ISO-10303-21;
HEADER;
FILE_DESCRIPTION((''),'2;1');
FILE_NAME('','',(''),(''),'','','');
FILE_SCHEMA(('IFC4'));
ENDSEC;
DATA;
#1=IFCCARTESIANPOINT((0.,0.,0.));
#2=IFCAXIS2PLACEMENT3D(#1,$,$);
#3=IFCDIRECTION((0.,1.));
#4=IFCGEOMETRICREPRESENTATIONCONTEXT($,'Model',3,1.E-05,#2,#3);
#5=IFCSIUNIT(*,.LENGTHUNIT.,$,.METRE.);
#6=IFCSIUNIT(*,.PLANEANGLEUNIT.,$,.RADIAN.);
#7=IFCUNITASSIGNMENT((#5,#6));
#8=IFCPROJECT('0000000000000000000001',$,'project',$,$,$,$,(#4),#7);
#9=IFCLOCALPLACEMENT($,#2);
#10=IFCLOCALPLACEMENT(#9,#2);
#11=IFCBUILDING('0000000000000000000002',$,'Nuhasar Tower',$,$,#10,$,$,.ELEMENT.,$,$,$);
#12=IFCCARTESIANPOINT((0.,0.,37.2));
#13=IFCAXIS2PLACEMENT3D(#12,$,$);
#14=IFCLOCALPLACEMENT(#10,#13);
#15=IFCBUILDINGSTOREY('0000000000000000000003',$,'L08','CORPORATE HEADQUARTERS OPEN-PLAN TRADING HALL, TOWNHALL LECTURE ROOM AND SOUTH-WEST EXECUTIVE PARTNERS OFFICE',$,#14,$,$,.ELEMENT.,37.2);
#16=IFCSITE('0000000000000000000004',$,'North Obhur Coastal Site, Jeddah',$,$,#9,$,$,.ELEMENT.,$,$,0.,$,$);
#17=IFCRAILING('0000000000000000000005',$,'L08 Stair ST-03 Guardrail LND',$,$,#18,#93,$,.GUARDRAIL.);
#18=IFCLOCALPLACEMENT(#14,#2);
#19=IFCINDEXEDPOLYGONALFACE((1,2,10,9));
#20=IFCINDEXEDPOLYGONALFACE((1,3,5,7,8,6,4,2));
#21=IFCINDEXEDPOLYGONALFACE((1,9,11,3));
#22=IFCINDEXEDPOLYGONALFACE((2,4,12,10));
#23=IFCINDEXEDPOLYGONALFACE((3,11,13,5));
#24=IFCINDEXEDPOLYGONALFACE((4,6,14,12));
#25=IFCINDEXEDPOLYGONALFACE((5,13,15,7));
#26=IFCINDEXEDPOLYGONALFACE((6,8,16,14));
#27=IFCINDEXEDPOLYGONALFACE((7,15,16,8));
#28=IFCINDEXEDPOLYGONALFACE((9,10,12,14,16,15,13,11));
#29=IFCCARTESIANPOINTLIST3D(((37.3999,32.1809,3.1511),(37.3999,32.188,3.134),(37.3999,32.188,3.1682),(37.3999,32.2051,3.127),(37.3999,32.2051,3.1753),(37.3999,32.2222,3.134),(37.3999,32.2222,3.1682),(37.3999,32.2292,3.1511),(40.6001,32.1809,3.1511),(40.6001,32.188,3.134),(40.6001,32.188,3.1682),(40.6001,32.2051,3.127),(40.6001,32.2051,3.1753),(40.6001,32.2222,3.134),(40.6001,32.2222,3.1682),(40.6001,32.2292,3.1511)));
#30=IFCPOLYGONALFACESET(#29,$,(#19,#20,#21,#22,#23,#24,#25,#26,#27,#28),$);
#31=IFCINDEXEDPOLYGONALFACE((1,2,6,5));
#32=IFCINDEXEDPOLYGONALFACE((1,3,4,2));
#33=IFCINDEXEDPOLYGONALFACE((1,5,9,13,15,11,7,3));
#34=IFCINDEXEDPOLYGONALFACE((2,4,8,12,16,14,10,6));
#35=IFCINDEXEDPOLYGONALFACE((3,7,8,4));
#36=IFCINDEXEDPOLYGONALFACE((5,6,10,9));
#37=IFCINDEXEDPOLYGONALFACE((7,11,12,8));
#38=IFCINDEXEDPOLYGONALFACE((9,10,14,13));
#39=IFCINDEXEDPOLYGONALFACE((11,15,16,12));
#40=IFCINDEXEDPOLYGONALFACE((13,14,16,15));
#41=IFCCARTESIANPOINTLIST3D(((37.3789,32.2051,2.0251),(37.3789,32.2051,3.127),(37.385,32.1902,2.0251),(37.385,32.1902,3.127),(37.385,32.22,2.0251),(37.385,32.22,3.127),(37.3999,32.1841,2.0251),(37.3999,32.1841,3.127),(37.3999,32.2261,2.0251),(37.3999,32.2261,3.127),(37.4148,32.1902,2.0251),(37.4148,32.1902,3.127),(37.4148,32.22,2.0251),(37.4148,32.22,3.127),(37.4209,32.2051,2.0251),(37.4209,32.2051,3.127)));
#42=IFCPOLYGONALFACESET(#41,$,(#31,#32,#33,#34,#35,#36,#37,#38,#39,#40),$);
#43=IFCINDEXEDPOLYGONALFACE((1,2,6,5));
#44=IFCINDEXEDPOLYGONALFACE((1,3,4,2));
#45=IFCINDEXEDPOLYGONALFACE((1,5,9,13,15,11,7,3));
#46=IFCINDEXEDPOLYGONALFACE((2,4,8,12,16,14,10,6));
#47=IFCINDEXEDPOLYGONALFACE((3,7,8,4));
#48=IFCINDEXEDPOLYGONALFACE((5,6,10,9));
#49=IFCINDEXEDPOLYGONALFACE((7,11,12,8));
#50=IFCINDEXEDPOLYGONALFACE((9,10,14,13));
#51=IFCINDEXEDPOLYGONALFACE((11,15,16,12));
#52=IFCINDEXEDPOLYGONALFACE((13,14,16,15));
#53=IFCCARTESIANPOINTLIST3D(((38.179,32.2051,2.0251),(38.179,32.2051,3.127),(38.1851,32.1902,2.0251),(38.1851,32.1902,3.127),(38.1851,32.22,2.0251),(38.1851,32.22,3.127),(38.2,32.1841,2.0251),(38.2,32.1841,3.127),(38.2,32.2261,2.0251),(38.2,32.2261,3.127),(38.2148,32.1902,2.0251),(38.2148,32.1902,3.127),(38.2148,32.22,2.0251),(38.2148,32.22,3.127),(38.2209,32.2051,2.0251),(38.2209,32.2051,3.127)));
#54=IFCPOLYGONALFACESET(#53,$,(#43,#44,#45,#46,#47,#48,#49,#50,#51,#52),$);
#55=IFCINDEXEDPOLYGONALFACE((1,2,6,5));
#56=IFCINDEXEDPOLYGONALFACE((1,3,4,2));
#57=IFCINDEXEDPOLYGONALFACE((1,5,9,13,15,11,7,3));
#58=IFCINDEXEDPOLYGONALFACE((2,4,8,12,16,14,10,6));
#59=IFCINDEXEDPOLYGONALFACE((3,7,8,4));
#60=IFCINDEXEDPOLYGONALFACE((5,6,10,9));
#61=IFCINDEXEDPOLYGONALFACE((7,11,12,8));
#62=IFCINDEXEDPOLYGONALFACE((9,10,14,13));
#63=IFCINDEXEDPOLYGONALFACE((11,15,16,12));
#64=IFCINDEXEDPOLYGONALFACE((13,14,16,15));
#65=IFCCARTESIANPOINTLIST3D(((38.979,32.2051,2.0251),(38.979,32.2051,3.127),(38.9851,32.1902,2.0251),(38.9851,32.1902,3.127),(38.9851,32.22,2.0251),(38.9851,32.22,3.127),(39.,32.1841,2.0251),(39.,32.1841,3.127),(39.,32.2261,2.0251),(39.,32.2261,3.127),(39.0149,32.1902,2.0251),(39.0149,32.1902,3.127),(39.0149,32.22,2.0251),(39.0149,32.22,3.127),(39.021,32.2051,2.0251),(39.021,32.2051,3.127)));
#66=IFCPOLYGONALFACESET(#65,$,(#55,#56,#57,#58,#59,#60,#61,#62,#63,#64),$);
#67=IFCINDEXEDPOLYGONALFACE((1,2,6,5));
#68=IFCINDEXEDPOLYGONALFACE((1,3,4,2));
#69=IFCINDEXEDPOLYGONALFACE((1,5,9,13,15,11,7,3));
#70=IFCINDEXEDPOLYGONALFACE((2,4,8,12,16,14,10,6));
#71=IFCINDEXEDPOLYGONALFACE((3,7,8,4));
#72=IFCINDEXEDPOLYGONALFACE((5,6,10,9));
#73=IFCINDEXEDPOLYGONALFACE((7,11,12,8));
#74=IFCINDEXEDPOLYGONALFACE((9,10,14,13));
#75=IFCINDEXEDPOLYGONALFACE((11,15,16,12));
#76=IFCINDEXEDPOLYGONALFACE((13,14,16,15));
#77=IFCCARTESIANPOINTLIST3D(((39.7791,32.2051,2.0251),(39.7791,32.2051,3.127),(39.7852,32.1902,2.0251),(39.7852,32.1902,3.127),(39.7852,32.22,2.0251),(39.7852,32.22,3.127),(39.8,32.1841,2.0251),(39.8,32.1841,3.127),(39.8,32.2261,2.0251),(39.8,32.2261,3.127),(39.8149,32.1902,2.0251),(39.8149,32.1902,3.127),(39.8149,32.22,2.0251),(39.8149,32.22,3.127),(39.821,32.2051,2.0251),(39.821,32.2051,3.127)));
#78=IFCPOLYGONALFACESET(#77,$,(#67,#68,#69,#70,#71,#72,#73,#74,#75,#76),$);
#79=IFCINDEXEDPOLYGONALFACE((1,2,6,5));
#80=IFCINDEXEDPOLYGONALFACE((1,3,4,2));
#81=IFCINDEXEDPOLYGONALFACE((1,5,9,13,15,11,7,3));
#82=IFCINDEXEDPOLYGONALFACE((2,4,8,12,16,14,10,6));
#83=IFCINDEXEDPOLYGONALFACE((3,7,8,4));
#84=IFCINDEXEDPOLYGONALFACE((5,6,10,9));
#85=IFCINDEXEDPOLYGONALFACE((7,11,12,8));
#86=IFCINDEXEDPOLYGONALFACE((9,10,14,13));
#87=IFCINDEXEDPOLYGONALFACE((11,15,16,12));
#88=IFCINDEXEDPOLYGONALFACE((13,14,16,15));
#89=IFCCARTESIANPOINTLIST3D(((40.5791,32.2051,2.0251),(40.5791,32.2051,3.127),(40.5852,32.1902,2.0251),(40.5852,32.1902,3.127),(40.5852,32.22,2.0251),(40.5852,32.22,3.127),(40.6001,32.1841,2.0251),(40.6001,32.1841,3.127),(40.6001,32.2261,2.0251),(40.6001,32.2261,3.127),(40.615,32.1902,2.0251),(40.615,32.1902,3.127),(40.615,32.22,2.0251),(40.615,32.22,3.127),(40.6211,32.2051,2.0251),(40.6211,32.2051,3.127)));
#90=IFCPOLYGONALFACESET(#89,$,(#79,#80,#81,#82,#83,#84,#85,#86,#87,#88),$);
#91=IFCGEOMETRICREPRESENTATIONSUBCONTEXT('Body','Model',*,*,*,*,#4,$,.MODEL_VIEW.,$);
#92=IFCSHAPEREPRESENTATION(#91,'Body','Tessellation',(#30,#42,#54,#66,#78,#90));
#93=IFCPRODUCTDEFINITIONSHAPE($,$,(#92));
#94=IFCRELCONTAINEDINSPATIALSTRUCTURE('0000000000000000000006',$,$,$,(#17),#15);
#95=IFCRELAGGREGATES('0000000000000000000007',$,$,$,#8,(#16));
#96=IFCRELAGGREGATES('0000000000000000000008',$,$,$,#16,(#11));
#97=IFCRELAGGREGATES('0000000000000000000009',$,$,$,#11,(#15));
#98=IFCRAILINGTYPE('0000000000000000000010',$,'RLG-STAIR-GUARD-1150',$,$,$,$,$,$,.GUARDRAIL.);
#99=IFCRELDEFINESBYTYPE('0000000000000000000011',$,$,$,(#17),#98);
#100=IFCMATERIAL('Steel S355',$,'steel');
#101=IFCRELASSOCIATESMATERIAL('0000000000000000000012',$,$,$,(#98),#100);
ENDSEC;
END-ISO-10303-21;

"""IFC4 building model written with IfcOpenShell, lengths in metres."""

from ifc_helpers import new_model, si_unit, direction, frame, origin, place, context, subcontext, project, spatial, polyline, outline, extrude, material, type_object, element, save


model = new_model("IFC4")

# Units and contexts
model_context = context("Model", 3, precision=1e-05, world=origin(), true_north=direction((0.0, 1.0)))
body_context = subcontext(model_context, "Body", "Model", "MODEL_VIEW")
ifc_project = project(units=[si_unit("LENGTHUNIT", "METRE"), si_unit("PLANEANGLEUNIT", "RADIAN")], contexts=[model_context])

# Site, building, storey
site_placement = place(None, origin())
site = spatial("IfcSite", under=ifc_project, at=site_placement, Name="North Obhur Coastal Site, Jeddah", CompositionType="ELEMENT", RefElevation=0.0)
building_placement = place(site_placement, origin())
building = spatial("IfcBuilding", under=site, at=building_placement, Name="Nuhasar Tower", CompositionType="ELEMENT")
storey_placement = place(building_placement, frame((0.0, 0.0, 37.2)))
storey = spatial("IfcBuildingStorey", under=building, at=storey_placement, Name="L08", Description="CORPORATE HEADQUARTERS OPEN-PLAN TRADING HALL, TOWNHALL LECTURE ROOM AND SOUTH-WEST EXECUTIVE PARTNERS OFFICE", CompositionType="ELEMENT", Elevation=37.2)

# Shared definitions
ifc_material_1 = material(Name="Steel S355", Category="steel")

# Railing
railing_type_1 = type_object("IfcRailingType", Name="RLG-STAIR-GUARD-1150", PredefinedType="GUARDRAIL", material=ifc_material_1)
railing_1_placement = place(storey_placement, frame((37.3999, 32.2051, 2.0251)))
element("IfcRailing", 1, at=railing_1_placement, inside=storey, type_object=railing_type_1, Name="L08 Stair ST-03 Guardrail LND", PredefinedType="GUARDRAIL", context=body_context, shape_type="SweptSolid", body=[
    extrude(outline(polyline([(0.0242, 0.0), (0.0171, 0.0171), (0.0, 0.0242), (-0.0171, 0.0171), (-0.0242, 0.0), (-0.0171, -0.0171), (0.0, -0.0242), (0.0171, -0.0171), (0.0242, 0.0)])), frame((0.0, 0.0, 1.126), z_axis=(1.0, 0.0, 0.0), x_axis=(0.0, 1.0, 0.0)), (0.0, 0.0, 1.0), 3.2002),
    extrude(outline(polyline([(0.021, 0.0), (0.0149, 0.0149), (0.0, 0.021), (-0.0149, 0.0149), (-0.021, 0.0), (-0.0149, -0.0149), (0.0, -0.021), (0.0149, -0.0149), (0.021, 0.0)])), origin(), (0.0, 0.0, 1.0), 1.1018),
    extrude(outline(polyline([(0.021, 0.0), (0.0149, 0.0149), (0.0, 0.021), (-0.0149, 0.0149), (-0.021, 0.0), (-0.0149, -0.0149), (0.0, -0.021), (0.0149, -0.0149), (0.021, 0.0)])), frame((0.8, 0.0, 0.0)), (0.0, 0.0, 1.0), 1.1018),
    extrude(outline(polyline([(0.021, 0.0), (0.0149, 0.0149), (0.0, 0.021), (-0.0149, 0.0149), (-0.021, 0.0), (-0.0149, -0.0149), (0.0, -0.021), (0.0149, -0.0149), (0.021, 0.0)])), frame((1.6001, 0.0, 0.0)), (0.0, 0.0, 1.0), 1.1018),
    extrude(outline(polyline([(0.021, 0.0), (0.0149, 0.0149), (0.0, 0.021), (-0.0149, 0.0149), (-0.021, 0.0), (-0.0149, -0.0149), (0.0, -0.021), (0.0149, -0.0149), (0.021, 0.0)])), frame((2.4001, 0.0, 0.0)), (0.0, 0.0, 1.0), 1.1018),
    extrude(outline(polyline([(0.021, 0.0), (0.0149, 0.0149), (0.0, 0.021), (-0.0149, 0.0149), (-0.021, 0.0), (-0.0149, -0.0149), (0.0, -0.021), (0.0149, -0.0149), (0.021, 0.0)])), frame((3.2002, 0.0, 0.0)), (0.0, 0.0, 1.0), 1.1018),
])

save(model, "model.ifc")
